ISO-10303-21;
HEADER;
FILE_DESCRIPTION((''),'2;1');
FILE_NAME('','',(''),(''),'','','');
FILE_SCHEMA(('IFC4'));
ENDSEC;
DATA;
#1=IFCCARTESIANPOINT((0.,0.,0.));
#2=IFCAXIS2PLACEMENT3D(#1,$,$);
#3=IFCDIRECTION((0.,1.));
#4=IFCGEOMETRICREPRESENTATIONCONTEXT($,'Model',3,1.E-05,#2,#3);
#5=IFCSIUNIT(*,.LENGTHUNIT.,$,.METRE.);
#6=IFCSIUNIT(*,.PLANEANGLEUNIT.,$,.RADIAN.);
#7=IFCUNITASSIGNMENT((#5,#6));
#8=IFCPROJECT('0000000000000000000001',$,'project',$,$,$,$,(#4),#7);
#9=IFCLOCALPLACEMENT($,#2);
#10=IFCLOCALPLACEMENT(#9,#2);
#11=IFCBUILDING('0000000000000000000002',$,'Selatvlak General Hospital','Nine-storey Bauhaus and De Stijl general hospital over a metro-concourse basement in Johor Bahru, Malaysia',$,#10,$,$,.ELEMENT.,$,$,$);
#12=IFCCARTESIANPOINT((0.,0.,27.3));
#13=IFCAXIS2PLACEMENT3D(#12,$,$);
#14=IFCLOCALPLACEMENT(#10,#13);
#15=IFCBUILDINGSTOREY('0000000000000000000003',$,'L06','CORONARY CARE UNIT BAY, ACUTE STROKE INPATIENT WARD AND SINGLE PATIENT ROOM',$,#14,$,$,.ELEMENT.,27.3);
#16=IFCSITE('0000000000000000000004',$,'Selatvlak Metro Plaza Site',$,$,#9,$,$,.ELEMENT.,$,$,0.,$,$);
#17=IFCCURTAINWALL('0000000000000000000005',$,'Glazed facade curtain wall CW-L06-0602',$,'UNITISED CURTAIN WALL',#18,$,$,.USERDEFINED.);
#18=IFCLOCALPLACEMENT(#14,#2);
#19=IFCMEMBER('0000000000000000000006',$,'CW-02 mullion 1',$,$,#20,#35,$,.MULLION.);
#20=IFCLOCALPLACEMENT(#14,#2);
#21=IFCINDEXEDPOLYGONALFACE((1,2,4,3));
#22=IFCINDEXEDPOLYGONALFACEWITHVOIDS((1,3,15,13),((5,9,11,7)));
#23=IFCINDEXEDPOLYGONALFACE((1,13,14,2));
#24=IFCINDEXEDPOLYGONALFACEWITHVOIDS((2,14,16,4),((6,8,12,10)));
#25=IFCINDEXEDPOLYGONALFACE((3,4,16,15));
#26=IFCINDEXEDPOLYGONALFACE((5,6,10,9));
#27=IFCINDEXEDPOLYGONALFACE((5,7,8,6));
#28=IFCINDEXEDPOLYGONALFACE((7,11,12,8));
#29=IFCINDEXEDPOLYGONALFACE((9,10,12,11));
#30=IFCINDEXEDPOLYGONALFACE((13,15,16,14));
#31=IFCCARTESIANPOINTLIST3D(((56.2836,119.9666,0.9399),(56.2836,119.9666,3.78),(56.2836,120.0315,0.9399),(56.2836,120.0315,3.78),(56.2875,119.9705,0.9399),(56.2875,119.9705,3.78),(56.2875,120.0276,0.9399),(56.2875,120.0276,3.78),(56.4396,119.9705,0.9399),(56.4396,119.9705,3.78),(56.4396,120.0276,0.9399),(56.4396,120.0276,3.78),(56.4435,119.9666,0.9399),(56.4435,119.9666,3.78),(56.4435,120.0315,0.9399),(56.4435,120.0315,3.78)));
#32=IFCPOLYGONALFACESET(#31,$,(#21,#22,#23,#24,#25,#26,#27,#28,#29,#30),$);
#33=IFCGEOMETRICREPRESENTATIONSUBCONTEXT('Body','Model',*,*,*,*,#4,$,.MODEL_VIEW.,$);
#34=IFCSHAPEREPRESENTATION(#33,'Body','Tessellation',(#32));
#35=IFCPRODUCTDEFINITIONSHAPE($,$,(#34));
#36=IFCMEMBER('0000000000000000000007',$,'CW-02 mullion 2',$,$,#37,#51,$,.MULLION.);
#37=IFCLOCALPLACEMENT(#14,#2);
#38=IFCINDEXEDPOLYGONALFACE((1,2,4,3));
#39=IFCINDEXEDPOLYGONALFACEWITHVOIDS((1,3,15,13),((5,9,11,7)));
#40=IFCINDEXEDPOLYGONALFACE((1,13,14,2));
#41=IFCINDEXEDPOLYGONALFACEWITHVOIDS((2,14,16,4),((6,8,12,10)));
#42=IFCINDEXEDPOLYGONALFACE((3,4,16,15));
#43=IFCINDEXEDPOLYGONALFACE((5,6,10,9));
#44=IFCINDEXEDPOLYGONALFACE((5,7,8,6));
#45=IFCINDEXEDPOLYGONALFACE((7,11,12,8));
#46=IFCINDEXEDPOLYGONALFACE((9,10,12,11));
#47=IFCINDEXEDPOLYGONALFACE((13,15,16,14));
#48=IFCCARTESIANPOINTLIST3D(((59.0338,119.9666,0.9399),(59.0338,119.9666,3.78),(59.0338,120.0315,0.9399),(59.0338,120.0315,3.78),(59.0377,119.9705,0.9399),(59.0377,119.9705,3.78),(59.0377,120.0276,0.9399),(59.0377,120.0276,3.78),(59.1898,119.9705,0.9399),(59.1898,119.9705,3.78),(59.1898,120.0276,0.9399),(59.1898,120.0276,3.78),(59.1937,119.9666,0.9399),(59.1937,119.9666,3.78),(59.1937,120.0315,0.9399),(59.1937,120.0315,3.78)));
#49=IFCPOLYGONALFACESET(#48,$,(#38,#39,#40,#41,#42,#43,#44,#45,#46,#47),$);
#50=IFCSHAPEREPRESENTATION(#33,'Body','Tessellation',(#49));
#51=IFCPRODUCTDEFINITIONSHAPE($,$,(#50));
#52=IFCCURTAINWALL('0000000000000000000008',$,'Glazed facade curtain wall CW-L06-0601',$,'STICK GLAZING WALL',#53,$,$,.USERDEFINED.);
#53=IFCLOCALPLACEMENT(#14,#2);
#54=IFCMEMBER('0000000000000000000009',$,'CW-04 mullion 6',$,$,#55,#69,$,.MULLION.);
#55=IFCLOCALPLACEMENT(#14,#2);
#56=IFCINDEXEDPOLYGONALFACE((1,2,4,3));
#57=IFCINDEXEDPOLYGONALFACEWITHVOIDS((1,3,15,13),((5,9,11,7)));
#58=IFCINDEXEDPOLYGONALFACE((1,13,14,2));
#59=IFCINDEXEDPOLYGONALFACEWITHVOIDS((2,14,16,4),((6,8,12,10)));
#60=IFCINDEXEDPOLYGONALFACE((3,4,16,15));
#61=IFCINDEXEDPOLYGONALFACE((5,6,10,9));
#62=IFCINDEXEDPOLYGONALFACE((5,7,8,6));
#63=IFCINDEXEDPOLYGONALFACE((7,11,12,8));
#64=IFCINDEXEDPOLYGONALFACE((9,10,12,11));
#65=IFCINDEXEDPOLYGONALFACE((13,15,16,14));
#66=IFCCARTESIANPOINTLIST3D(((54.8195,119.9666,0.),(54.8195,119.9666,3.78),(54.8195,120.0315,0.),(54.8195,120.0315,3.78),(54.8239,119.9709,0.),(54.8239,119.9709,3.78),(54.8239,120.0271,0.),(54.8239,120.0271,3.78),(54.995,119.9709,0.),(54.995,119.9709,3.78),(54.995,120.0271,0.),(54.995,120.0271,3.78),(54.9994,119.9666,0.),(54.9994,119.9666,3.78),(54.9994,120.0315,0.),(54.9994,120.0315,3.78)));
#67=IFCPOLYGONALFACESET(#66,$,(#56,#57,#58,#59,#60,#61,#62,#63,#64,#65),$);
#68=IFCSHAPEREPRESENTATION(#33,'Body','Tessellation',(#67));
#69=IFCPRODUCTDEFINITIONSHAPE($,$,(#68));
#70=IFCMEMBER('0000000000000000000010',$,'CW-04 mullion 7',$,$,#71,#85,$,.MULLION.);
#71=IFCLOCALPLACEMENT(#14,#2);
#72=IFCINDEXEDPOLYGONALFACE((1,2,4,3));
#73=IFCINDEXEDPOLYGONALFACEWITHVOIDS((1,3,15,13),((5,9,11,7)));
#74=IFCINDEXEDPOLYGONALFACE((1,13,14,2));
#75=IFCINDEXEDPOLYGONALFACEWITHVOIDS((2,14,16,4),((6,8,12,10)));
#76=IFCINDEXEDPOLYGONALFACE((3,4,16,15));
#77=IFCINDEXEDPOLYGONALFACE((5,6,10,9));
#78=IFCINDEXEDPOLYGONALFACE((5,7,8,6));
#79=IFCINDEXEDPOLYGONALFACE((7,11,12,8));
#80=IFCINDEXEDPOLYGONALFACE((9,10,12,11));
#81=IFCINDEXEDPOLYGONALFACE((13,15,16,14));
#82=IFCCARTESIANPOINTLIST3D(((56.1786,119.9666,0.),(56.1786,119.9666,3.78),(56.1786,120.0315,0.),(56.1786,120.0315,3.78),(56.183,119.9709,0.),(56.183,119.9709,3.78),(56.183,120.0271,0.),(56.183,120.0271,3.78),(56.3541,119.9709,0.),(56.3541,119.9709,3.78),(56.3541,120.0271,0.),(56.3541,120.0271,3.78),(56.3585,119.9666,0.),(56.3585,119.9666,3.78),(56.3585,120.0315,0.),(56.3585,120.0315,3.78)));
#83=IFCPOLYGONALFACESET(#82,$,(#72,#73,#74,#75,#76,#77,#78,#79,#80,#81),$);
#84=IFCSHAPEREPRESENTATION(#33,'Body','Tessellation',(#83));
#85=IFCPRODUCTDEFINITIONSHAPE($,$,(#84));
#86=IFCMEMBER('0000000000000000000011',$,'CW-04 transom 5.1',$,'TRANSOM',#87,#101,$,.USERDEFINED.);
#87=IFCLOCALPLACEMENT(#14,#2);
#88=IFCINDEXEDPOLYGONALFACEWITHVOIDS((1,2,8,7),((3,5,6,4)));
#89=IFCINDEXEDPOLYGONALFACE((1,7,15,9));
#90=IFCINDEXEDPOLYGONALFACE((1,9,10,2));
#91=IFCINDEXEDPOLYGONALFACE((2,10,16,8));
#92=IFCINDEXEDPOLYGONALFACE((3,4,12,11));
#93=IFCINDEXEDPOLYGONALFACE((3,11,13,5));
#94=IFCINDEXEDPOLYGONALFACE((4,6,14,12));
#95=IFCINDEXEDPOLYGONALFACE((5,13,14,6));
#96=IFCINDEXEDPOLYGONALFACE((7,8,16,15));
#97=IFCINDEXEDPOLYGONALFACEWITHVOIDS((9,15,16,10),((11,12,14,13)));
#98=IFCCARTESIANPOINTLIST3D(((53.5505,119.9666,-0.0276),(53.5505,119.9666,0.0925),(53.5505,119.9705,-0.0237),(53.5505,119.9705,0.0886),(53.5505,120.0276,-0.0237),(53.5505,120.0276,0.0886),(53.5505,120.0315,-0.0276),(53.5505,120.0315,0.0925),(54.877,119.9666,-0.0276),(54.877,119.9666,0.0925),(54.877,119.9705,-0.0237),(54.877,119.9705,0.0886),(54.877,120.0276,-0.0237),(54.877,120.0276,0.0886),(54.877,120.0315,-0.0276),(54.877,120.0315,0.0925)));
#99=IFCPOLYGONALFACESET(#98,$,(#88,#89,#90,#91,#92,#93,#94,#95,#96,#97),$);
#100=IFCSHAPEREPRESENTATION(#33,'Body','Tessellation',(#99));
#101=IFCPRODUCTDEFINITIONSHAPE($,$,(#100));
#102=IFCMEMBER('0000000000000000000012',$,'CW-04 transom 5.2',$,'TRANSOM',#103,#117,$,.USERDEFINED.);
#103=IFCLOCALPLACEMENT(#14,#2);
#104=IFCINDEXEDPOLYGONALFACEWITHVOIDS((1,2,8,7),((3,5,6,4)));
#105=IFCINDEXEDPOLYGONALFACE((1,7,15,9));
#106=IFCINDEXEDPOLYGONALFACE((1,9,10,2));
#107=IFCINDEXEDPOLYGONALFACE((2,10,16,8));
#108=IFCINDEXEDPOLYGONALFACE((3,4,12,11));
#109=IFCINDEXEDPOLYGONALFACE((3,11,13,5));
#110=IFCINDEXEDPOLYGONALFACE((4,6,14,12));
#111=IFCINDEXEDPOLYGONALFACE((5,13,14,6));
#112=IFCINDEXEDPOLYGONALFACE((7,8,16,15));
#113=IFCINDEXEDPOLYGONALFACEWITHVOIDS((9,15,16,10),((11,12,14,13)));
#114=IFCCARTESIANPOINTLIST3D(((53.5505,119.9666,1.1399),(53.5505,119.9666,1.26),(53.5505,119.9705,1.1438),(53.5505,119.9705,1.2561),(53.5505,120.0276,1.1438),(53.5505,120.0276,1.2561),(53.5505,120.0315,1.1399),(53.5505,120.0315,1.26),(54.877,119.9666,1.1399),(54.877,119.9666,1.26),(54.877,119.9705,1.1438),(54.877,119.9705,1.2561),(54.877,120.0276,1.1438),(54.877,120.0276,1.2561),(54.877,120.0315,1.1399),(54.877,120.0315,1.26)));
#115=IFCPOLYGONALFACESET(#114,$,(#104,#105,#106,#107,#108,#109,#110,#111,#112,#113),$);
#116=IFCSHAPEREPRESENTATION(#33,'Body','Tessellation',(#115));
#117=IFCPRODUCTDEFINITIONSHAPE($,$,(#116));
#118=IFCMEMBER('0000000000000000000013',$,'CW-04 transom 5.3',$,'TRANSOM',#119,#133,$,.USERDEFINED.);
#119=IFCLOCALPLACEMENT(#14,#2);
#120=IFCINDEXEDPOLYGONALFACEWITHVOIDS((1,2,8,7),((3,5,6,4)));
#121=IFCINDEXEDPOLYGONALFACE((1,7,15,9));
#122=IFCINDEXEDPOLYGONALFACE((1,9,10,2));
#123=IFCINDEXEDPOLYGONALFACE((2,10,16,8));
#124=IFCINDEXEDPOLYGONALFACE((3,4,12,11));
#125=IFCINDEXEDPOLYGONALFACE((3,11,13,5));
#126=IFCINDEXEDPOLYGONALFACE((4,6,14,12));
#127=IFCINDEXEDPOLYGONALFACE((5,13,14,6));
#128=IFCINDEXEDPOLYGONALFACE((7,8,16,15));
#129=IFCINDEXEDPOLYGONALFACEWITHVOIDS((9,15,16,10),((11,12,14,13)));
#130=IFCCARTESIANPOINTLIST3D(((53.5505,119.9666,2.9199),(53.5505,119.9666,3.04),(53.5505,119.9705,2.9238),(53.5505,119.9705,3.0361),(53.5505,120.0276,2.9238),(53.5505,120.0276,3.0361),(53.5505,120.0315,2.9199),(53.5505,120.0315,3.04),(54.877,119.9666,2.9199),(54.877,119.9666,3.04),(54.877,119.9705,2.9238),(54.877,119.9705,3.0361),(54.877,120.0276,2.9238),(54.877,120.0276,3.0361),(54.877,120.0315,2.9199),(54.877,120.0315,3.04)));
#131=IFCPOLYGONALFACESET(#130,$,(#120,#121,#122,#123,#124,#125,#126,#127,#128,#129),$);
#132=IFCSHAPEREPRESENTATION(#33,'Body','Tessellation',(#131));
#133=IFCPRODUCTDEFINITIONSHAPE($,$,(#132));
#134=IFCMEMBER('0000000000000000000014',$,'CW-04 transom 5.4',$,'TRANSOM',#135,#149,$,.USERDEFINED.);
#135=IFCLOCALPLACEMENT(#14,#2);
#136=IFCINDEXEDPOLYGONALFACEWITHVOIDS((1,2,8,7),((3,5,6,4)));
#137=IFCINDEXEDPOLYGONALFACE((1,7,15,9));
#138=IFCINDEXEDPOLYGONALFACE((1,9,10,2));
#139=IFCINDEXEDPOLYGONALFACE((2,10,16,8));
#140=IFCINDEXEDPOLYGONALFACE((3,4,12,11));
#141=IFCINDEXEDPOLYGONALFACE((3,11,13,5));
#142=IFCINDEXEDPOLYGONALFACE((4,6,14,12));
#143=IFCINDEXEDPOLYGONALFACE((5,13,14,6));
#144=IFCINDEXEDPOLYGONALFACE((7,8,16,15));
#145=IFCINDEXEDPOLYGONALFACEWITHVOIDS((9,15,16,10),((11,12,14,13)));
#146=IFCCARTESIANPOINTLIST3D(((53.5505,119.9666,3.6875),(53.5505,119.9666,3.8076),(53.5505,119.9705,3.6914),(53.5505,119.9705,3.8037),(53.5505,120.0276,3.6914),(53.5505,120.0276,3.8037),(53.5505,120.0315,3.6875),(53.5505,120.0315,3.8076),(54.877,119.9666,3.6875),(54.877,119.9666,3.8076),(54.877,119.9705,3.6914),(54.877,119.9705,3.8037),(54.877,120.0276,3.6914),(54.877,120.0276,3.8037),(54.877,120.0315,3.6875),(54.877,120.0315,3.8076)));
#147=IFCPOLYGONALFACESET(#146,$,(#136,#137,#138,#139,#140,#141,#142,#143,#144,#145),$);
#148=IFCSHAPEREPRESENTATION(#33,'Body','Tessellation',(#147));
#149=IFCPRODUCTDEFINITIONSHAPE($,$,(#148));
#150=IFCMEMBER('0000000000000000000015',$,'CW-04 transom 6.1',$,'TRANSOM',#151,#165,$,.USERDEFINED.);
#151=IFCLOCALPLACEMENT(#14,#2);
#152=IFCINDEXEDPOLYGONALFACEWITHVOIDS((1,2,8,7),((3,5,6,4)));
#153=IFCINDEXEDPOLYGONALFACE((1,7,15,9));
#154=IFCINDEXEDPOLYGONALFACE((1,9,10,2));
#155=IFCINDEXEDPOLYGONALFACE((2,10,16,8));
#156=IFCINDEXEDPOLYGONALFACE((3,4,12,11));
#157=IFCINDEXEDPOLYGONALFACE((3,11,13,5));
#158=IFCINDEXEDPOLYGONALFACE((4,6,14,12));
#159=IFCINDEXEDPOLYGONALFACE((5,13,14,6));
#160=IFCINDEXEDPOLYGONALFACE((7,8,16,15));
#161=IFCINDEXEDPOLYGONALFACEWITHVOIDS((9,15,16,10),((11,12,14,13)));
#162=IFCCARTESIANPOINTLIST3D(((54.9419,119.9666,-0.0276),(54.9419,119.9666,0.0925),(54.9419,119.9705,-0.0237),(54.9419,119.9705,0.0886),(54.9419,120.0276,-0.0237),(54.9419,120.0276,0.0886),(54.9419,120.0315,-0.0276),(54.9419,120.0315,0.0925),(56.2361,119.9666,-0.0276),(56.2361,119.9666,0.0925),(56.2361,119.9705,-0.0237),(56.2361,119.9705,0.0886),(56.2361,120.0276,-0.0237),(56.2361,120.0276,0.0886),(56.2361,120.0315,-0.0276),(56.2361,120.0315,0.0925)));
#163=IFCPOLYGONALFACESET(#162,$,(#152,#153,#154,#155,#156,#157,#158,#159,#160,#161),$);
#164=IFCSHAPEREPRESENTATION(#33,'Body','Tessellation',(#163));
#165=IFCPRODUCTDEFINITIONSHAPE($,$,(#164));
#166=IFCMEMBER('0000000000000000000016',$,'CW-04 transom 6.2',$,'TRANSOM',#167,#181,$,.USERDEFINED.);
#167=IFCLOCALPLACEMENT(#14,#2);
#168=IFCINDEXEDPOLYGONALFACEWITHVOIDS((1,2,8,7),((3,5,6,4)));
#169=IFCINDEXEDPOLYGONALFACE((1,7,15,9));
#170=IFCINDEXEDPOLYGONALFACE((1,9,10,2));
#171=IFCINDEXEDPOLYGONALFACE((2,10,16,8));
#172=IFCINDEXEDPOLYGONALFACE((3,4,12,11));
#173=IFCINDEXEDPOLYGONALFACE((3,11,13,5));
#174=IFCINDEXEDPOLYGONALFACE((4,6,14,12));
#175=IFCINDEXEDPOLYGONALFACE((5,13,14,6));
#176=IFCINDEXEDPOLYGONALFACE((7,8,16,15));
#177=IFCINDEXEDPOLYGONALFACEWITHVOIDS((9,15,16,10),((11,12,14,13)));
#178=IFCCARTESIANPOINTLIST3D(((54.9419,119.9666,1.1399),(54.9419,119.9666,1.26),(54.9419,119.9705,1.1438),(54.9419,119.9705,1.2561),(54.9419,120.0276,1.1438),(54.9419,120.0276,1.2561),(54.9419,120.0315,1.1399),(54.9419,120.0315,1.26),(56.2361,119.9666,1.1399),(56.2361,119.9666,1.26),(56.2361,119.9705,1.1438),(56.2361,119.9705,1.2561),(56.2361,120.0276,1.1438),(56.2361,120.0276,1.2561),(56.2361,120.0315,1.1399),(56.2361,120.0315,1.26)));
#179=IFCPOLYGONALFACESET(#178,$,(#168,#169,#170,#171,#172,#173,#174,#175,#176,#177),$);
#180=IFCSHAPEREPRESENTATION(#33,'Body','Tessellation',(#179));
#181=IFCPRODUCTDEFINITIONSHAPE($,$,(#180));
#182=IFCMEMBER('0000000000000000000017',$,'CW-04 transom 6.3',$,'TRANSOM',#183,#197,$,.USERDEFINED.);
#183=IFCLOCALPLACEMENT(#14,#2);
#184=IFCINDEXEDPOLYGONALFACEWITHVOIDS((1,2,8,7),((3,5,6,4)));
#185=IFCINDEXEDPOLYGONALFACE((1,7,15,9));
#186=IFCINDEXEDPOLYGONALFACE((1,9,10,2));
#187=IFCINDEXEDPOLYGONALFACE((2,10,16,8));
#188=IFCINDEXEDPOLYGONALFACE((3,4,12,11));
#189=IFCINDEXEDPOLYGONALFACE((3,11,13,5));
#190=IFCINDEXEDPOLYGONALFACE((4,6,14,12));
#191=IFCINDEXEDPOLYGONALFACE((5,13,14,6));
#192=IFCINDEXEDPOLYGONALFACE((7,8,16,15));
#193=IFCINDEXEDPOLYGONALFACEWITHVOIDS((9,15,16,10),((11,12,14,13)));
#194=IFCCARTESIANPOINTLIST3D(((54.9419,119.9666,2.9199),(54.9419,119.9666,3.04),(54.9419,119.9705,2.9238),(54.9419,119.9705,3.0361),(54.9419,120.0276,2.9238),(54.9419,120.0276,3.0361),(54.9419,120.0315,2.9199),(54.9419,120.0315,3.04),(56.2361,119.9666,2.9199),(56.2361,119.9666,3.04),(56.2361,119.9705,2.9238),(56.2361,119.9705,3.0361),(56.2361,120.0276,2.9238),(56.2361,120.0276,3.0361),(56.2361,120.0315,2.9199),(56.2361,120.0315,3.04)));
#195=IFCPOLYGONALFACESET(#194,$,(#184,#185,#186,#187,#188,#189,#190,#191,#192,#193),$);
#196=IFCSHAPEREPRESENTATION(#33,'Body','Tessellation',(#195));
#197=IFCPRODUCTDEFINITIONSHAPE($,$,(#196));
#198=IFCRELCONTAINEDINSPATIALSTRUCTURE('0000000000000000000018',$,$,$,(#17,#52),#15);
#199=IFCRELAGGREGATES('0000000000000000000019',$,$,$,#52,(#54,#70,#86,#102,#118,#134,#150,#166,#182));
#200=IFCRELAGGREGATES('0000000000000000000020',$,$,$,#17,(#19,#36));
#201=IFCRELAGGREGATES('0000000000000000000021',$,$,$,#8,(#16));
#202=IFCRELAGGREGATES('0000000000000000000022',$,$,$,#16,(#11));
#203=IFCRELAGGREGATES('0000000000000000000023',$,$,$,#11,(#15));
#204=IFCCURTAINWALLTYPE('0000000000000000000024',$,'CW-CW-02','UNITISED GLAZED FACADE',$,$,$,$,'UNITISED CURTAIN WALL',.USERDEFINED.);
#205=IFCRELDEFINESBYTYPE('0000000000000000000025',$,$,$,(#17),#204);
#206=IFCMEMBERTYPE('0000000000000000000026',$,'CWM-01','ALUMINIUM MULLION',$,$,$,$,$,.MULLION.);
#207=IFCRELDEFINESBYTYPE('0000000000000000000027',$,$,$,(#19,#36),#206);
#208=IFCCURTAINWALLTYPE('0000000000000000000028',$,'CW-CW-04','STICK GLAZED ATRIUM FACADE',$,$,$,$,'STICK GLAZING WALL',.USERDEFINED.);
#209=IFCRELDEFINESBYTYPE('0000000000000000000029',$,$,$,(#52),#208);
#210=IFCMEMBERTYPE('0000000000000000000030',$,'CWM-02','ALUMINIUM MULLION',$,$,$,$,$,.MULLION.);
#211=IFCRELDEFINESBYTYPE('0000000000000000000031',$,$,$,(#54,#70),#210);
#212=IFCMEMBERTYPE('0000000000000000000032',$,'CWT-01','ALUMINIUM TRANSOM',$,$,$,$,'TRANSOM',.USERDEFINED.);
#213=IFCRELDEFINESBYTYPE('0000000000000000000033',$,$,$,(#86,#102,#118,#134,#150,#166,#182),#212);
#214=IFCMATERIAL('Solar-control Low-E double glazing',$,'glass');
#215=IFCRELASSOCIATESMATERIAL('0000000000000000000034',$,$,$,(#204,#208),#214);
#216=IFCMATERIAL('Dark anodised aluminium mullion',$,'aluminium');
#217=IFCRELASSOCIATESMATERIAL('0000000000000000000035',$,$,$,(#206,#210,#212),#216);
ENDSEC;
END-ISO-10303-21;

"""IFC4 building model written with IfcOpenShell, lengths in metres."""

from ifc_helpers import new_model, si_unit, direction, frame, origin, origin_2d, place, context, subcontext, project, spatial, hollow_rectangle, extrude, material, material_profile, profile_set, type_object, element, aggregate, save


model = new_model("IFC4")

# Units and contexts
model_context = context("Model", 3, precision=1e-05, world=origin(), true_north=direction((0.0, 1.0)))
body_context = subcontext(model_context, "Body", "Model", "MODEL_VIEW")
ifc_project = project(units=[si_unit("LENGTHUNIT", "METRE"), si_unit("PLANEANGLEUNIT", "RADIAN")], contexts=[model_context])

# Site, building, storey
site_placement = place(None, origin())
site = spatial("IfcSite", under=ifc_project, at=site_placement, Name="Selatvlak Metro Plaza Site", CompositionType="ELEMENT", RefElevation=0.0)
building_placement = place(site_placement, origin())
building = spatial("IfcBuilding", under=site, at=building_placement, Name="Selatvlak General Hospital", Description="Nine-storey Bauhaus and De Stijl general hospital over a metro-concourse basement in Johor Bahru, Malaysia", CompositionType="ELEMENT")
storey_placement = place(building_placement, frame((0.0, 0.0, 27.3)))
storey = spatial("IfcBuildingStorey", under=building, at=storey_placement, Name="L06", Description="CORONARY CARE UNIT BAY, ACUTE STROKE INPATIENT WARD AND SINGLE PATIENT ROOM", CompositionType="ELEMENT", Elevation=27.3)

# Curtain walls, members
ifc_material_1 = material(Name="Solar-control Low-E double glazing", Category="glass")
curtain_wall_type_1 = type_object("IfcCurtainWallType", Name="CW-CW-02", Description="UNITISED GLAZED FACADE", ElementType="UNITISED CURTAIN WALL", PredefinedType="USERDEFINED", material=ifc_material_1)
curtain_wall_1_placement = place(storey_placement, origin())
curtain_wall_1 = element("IfcCurtainWall", 1, at=curtain_wall_1_placement, inside=storey, type_object=curtain_wall_type_1, Name="Glazed facade curtain wall CW-L06-0602", ObjectType="UNITISED CURTAIN WALL", PredefinedType="USERDEFINED")
ifc_material_2 = material(Name="Dark anodised aluminium mullion", Category="aluminium")
ifc_material_profile_1 = material_profile(ifc_material_2, hollow_rectangle(XDim=0.0649, YDim=0.1599, WallThickness=0.0039, at=origin_2d()), Name="AL-MUL 65x160x4")
ifc_profile_set_1 = profile_set([ifc_material_profile_1], Name="Dark anodised aluminium mullion")
member_type_1 = type_object("IfcMemberType", Name="CWM-01", Description="ALUMINIUM MULLION", PredefinedType="MULLION", material=ifc_profile_set_1)
member_1_placement = place(storey_placement, frame((56.3635, 119.999, 0.9399), z_axis=(0.0, 0.0, 1.0), x_axis=(0.0, 1.0, 0.0)))
member_1 = element("IfcMember", 2, at=member_1_placement, type_object=member_type_1, Name="CW-02 mullion 1", PredefinedType="MULLION", context=body_context, shape_type="SweptSolid", body=[
    extrude(hollow_rectangle(XDim=0.0649, YDim=0.1599, WallThickness=0.0039, at=origin_2d()), origin(), (0.0, 0.0, 1.0), 2.8401),
])
member_2_placement = place(storey_placement, frame((59.1138, 119.999, 0.9399), z_axis=(0.0, 0.0, 1.0), x_axis=(0.0, 1.0, 0.0)))
member_2 = element("IfcMember", 3, at=member_2_placement, type_object=member_type_1, Name="CW-02 mullion 2", PredefinedType="MULLION", context=body_context, shape_type="SweptSolid", body=[
    extrude(hollow_rectangle(XDim=0.0649, YDim=0.1599, WallThickness=0.0039, at=origin_2d()), origin(), (0.0, 0.0, 1.0), 2.8401),
])
curtain_wall_type_2 = type_object("IfcCurtainWallType", Name="CW-CW-04", Description="STICK GLAZED ATRIUM FACADE", ElementType="STICK GLAZING WALL", PredefinedType="USERDEFINED", material=ifc_material_1)
curtain_wall_2_placement = place(storey_placement, origin())
curtain_wall_2 = element("IfcCurtainWall", 4, at=curtain_wall_2_placement, inside=storey, type_object=curtain_wall_type_2, Name="Glazed facade curtain wall CW-L06-0601", ObjectType="STICK GLAZING WALL", PredefinedType="USERDEFINED")
ifc_material_profile_2 = material_profile(ifc_material_2, hollow_rectangle(XDim=0.0649, YDim=0.1799, WallThickness=0.0044, at=origin_2d()), Name="AL-MUL 65x180x4.5")
ifc_profile_set_2 = profile_set([ifc_material_profile_2], Name="Dark anodised aluminium mullion")
member_type_2 = type_object("IfcMemberType", Name="CWM-02", Description="ALUMINIUM MULLION", PredefinedType="MULLION", material=ifc_profile_set_2)
member_3_placement = place(storey_placement, frame((54.9094, 119.999, 0.0), z_axis=(0.0, 0.0, 1.0), x_axis=(0.0, 1.0, 0.0)))
member_3 = element("IfcMember", 5, at=member_3_placement, type_object=member_type_2, Name="CW-04 mullion 6", PredefinedType="MULLION", context=body_context, shape_type="SweptSolid", body=[
    extrude(hollow_rectangle(XDim=0.0649, YDim=0.1799, WallThickness=0.0044, at=origin_2d()), origin(), (0.0, 0.0, 1.0), 3.78),
])
member_4_placement = place(storey_placement, frame((56.2686, 119.999, 0.0), z_axis=(0.0, 0.0, 1.0), x_axis=(0.0, 1.0, 0.0)))
member_4 = element("IfcMember", 6, at=member_4_placement, type_object=member_type_2, Name="CW-04 mullion 7", PredefinedType="MULLION", context=body_context, shape_type="SweptSolid", body=[
    extrude(hollow_rectangle(XDim=0.0649, YDim=0.1799, WallThickness=0.0044, at=origin_2d()), origin(), (0.0, 0.0, 1.0), 3.78),
])
ifc_material_profile_3 = material_profile(ifc_material_2, hollow_rectangle(XDim=0.0649, YDim=0.1201, WallThickness=0.0039, at=origin_2d()), Name="AL-TRN 65x120x4")
ifc_profile_set_3 = profile_set([ifc_material_profile_3], Name="Dark anodised aluminium mullion")
member_type_3 = type_object("IfcMemberType", Name="CWT-01", Description="ALUMINIUM TRANSOM", ElementType="TRANSOM", PredefinedType="USERDEFINED", material=ifc_profile_set_3)
member_5_placement = place(storey_placement, frame((53.5505, 119.999, 0.0325), z_axis=(1.0, 0.0, 0.0), x_axis=(0.0, 1.0, 0.0)))
member_5 = element("IfcMember", 7, at=member_5_placement, type_object=member_type_3, Name="CW-04 transom 5.1", ObjectType="TRANSOM", PredefinedType="USERDEFINED", context=body_context, shape_type="SweptSolid", body=[
    extrude(hollow_rectangle(XDim=0.0649, YDim=0.1201, WallThickness=0.0039, at=origin_2d()), origin(), (0.0, 0.0, 1.0), 1.3264),
])
member_6_placement = place(storey_placement, frame((53.5505, 119.999, 1.2), z_axis=(1.0, 0.0, 0.0), x_axis=(0.0, 1.0, 0.0)))
member_6 = element("IfcMember", 8, at=member_6_placement, type_object=member_type_3, Name="CW-04 transom 5.2", ObjectType="TRANSOM", PredefinedType="USERDEFINED", context=body_context, shape_type="SweptSolid", body=[
    extrude(hollow_rectangle(XDim=0.0649, YDim=0.1201, WallThickness=0.0039, at=origin_2d()), origin(), (0.0, 0.0, 1.0), 1.3264),
])
member_7_placement = place(storey_placement, frame((53.5505, 119.999, 2.98), z_axis=(1.0, 0.0, 0.0), x_axis=(0.0, 1.0, 0.0)))
member_7 = element("IfcMember", 9, at=member_7_placement, type_object=member_type_3, Name="CW-04 transom 5.3", ObjectType="TRANSOM", PredefinedType="USERDEFINED", context=body_context, shape_type="SweptSolid", body=[
    extrude(hollow_rectangle(XDim=0.0649, YDim=0.1201, WallThickness=0.0039, at=origin_2d()), origin(), (0.0, 0.0, 1.0), 1.3264),
])
member_8_placement = place(storey_placement, frame((53.5505, 119.999, 3.7476), z_axis=(1.0, 0.0, 0.0), x_axis=(0.0, 1.0, 0.0)))
member_8 = element("IfcMember", 10, at=member_8_placement, type_object=member_type_3, Name="CW-04 transom 5.4", ObjectType="TRANSOM", PredefinedType="USERDEFINED", context=body_context, shape_type="SweptSolid", body=[
    extrude(hollow_rectangle(XDim=0.0649, YDim=0.1201, WallThickness=0.0039, at=origin_2d()), origin(), (0.0, 0.0, 1.0), 1.3264),
])
member_9_placement = place(storey_placement, frame((54.9419, 119.999, 0.0325), z_axis=(1.0, 0.0, 0.0), x_axis=(0.0, 1.0, 0.0)))
member_9 = element("IfcMember", 11, at=member_9_placement, type_object=member_type_3, Name="CW-04 transom 6.1", ObjectType="TRANSOM", PredefinedType="USERDEFINED", context=body_context, shape_type="SweptSolid", body=[
    extrude(hollow_rectangle(XDim=0.0649, YDim=0.1201, WallThickness=0.0039, at=origin_2d()), origin(), (0.0, 0.0, 1.0), 1.2942),
])
member_10_placement = place(storey_placement, frame((54.9419, 119.999, 1.2), z_axis=(1.0, 0.0, 0.0), x_axis=(0.0, 1.0, 0.0)))
member_10 = element("IfcMember", 12, at=member_10_placement, type_object=member_type_3, Name="CW-04 transom 6.2", ObjectType="TRANSOM", PredefinedType="USERDEFINED", context=body_context, shape_type="SweptSolid", body=[
    extrude(hollow_rectangle(XDim=0.0649, YDim=0.1201, WallThickness=0.0039, at=origin_2d()), origin(), (0.0, 0.0, 1.0), 1.2942),
])
member_11_placement = place(storey_placement, frame((54.9419, 119.999, 2.98), z_axis=(1.0, 0.0, 0.0), x_axis=(0.0, 1.0, 0.0)))
member_11 = element("IfcMember", 13, at=member_11_placement, type_object=member_type_3, Name="CW-04 transom 6.3", ObjectType="TRANSOM", PredefinedType="USERDEFINED", context=body_context, shape_type="SweptSolid", body=[
    extrude(hollow_rectangle(XDim=0.0649, YDim=0.1201, WallThickness=0.0039, at=origin_2d()), origin(), (0.0, 0.0, 1.0), 1.2942),
])

aggregate(curtain_wall_2, [member_3, member_4, member_5, member_6, member_7, member_8, member_9, member_10, member_11])
aggregate(curtain_wall_1, [member_1, member_2])

save(model, "model.ifc")
